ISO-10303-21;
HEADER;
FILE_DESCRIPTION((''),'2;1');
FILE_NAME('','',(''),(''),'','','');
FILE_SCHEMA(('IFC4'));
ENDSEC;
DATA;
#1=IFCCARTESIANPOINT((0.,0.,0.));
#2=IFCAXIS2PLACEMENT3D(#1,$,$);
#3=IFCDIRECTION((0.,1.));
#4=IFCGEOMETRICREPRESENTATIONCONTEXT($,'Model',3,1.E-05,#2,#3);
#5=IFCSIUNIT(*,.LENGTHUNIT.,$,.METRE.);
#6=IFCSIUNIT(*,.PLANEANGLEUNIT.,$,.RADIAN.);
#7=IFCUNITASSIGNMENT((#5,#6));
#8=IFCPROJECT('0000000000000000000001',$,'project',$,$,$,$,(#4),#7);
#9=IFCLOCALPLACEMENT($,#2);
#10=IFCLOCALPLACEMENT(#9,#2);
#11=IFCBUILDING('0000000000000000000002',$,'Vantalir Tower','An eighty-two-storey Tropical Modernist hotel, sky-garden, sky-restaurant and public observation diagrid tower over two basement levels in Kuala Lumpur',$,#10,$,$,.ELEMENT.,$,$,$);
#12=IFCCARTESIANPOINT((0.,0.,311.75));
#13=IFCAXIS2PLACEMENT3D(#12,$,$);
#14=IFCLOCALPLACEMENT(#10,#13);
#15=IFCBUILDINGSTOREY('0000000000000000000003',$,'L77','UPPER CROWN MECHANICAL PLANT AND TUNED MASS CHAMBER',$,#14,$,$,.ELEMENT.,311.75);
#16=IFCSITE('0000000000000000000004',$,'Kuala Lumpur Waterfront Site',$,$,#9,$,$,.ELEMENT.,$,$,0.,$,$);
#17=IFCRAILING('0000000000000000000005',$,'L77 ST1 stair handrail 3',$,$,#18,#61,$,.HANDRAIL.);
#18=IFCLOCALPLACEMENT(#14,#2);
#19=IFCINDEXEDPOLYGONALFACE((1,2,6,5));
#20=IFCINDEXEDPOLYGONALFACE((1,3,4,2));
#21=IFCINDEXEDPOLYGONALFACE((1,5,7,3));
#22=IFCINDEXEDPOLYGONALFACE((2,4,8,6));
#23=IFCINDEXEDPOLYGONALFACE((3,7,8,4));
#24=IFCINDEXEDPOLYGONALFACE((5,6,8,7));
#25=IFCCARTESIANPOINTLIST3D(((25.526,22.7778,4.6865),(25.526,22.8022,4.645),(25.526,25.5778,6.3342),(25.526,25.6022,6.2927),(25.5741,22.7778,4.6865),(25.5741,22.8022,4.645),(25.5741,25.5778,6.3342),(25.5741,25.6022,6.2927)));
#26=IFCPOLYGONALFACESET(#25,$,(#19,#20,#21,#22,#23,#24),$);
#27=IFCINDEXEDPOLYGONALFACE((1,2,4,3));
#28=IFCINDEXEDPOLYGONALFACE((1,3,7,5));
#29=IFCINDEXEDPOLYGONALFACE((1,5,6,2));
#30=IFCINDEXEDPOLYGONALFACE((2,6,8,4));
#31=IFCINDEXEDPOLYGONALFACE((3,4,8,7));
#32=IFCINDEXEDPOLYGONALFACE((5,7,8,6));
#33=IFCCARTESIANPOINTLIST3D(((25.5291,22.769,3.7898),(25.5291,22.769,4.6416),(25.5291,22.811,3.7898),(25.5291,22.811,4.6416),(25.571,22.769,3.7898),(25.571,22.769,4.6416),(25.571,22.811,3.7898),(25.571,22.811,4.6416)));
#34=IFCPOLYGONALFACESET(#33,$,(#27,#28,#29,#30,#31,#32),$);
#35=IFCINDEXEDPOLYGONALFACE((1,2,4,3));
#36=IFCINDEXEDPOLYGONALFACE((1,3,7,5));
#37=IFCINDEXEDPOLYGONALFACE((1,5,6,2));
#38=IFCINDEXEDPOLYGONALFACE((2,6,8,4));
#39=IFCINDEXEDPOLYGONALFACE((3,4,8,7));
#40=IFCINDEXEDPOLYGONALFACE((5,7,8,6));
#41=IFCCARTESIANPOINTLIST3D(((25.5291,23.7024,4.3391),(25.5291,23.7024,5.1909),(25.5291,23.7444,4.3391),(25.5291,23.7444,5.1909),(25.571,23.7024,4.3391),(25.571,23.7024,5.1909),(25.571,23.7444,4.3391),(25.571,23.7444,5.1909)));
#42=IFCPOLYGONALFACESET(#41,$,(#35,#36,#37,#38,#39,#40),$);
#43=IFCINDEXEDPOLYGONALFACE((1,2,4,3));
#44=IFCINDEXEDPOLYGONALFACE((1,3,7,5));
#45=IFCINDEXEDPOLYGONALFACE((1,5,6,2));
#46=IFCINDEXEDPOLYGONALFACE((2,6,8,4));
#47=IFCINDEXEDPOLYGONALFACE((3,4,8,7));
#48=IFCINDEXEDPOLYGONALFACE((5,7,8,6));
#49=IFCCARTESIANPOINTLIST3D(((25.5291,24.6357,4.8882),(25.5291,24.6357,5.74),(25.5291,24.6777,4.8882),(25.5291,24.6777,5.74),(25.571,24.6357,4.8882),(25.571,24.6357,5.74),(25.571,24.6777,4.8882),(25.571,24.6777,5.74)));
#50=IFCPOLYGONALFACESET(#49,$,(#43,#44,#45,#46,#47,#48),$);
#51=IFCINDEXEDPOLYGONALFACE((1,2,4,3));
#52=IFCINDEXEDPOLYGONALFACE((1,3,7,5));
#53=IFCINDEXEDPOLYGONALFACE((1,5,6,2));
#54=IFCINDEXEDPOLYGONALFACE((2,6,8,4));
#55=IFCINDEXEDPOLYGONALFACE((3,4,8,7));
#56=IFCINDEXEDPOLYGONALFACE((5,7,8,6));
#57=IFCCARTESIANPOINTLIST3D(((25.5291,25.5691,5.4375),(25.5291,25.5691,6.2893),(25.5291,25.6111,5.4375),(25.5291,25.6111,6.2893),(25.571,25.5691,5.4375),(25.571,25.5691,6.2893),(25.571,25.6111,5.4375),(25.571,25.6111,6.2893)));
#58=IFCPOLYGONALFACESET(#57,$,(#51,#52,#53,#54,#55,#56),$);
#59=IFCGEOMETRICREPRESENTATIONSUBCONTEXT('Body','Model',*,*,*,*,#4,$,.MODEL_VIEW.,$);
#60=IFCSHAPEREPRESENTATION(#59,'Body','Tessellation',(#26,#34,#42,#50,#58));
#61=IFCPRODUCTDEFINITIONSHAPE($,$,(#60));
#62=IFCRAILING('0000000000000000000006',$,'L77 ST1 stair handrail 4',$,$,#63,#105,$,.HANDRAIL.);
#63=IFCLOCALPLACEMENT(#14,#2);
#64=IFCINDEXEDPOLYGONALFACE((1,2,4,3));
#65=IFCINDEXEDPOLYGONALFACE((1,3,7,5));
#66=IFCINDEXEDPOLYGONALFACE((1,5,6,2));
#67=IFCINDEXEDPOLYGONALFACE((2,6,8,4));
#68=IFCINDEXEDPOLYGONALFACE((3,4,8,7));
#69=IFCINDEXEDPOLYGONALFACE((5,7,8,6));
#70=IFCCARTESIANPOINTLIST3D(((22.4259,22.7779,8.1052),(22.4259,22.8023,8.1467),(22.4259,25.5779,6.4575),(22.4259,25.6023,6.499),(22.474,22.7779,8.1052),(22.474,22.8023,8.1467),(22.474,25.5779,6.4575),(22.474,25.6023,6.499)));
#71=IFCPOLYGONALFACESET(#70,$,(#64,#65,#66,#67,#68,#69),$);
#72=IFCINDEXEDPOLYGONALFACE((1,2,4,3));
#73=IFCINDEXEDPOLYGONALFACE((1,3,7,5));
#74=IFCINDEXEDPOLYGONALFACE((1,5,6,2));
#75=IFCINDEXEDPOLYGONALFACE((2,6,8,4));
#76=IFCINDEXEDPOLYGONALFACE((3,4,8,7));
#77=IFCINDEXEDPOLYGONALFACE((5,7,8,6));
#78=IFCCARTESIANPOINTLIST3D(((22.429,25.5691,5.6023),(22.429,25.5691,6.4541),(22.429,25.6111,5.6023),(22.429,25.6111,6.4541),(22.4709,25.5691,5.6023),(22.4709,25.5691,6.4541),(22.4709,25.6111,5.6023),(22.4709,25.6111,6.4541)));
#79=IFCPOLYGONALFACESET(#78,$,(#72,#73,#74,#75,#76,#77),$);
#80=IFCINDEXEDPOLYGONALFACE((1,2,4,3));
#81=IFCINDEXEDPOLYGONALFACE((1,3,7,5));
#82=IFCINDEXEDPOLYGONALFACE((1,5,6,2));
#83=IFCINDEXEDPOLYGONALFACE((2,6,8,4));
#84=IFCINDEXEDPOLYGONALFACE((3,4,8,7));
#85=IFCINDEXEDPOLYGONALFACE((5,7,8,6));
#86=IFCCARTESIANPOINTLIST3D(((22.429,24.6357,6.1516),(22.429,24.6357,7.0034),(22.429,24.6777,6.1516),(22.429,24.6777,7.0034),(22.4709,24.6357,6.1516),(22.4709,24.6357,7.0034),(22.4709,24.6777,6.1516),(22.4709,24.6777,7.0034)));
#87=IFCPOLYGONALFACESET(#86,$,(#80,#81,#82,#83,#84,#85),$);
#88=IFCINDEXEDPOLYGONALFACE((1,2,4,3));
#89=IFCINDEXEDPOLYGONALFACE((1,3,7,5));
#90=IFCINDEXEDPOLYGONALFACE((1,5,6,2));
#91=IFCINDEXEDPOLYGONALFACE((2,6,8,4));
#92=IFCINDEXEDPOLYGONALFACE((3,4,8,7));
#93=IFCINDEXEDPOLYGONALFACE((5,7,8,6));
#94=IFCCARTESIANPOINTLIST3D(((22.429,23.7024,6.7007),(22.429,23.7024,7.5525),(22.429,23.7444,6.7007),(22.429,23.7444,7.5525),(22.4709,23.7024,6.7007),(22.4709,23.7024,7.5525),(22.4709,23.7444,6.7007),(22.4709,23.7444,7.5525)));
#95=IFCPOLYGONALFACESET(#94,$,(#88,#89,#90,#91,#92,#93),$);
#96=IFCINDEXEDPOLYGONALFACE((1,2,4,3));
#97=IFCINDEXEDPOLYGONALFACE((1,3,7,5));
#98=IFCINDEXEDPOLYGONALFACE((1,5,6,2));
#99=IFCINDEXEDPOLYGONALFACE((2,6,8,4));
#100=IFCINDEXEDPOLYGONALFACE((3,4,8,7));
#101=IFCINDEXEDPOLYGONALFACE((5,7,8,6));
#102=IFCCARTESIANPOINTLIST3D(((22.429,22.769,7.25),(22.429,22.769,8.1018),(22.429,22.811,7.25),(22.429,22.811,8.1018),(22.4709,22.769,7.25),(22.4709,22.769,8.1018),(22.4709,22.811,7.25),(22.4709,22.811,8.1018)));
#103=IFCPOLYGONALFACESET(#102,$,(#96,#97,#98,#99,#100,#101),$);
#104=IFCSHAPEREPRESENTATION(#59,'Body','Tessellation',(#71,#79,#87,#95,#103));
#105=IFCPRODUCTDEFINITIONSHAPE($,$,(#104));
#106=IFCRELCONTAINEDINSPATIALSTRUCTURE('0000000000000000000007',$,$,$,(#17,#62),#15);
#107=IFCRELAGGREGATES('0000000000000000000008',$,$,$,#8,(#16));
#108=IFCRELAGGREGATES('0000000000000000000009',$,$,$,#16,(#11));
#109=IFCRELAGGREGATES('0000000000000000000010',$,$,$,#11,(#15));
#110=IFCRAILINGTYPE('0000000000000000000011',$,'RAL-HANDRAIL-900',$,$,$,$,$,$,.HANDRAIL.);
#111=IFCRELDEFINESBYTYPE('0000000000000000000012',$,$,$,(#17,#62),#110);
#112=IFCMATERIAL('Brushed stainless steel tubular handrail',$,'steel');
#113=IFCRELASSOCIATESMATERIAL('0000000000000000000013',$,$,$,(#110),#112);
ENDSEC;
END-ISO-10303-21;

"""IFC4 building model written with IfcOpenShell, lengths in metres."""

from ifc_helpers import new_model, si_unit, direction, frame, origin, origin_2d, place, context, subcontext, project, spatial, rectangle, extrude, material, type_object, element, save


model = new_model("IFC4")

# Units and contexts
model_context = context("Model", 3, precision=1e-05, world=origin(), true_north=direction((0.0, 1.0)))
body_context = subcontext(model_context, "Body", "Model", "MODEL_VIEW")
ifc_project = project(units=[si_unit("LENGTHUNIT", "METRE"), si_unit("PLANEANGLEUNIT", "RADIAN")], contexts=[model_context])

# Site, building, storey
site_placement = place(None, origin())
site = spatial("IfcSite", under=ifc_project, at=site_placement, Name="Kuala Lumpur Waterfront Site", CompositionType="ELEMENT", RefElevation=0.0)
building_placement = place(site_placement, origin())
building = spatial("IfcBuilding", under=site, at=building_placement, Name="Vantalir Tower", Description="An eighty-two-storey Tropical Modernist hotel, sky-garden, sky-restaurant and public observation diagrid tower over two basement levels in Kuala Lumpur", CompositionType="ELEMENT")
storey_placement = place(building_placement, frame((0.0, 0.0, 311.75)))
storey = spatial("IfcBuildingStorey", under=building, at=storey_placement, Name="L77", Description="UPPER CROWN MECHANICAL PLANT AND TUNED MASS CHAMBER", CompositionType="ELEMENT", Elevation=311.75)

# Railings
ifc_material_1 = material(Name="Brushed stainless steel tubular handrail", Category="steel")
railing_type_1 = type_object("IfcRailingType", Name="RAL-HANDRAIL-900", PredefinedType="HANDRAIL", material=ifc_material_1)
railing_1_placement = place(storey_placement, frame((25.55, 22.79, 3.7898)))
element("IfcRailing", 1, at=railing_1_placement, inside=storey, type_object=railing_type_1, Name="L77 ST1 stair handrail 3", PredefinedType="HANDRAIL", context=body_context, shape_type="SweptSolid", body=[
    extrude(rectangle(XDim=0.0481, YDim=0.0481, at=origin_2d()), frame((0.0, 0.0, 0.876), z_axis=(0.0, 0.861851, 0.507161), x_axis=(-1.0, 0.0, 0.0)), (0.0, 0.0, 1.0), 3.2488),
    extrude(rectangle(XDim=0.042, YDim=0.042, at=origin_2d()), origin(), (0.0, 0.0, 1.0), 0.8518),
    extrude(rectangle(XDim=0.042, YDim=0.042, at=origin_2d()), frame((0.0, 0.9333, 0.5493)), (0.0, 0.0, 1.0), 0.8518),
    extrude(rectangle(XDim=0.042, YDim=0.042, at=origin_2d()), frame((0.0, 1.8667, 1.0984)), (0.0, 0.0, 1.0), 0.8518),
    extrude(rectangle(XDim=0.042, YDim=0.042, at=origin_2d()), frame((0.0, 2.8, 1.6477)), (0.0, 0.0, 1.0), 0.8518),
])
railing_2_placement = place(storey_placement, frame((22.45, 25.5901, 5.6023)))
element("IfcRailing", 2, at=railing_2_placement, inside=storey, type_object=railing_type_1, Name="L77 ST1 stair handrail 4", PredefinedType="HANDRAIL", context=body_context, shape_type="SweptSolid", body=[
    extrude(rectangle(XDim=0.0481, YDim=0.0481, at=origin_2d()), frame((0.0, 0.0, 0.876), z_axis=(0.0, -0.861851, 0.507161), x_axis=(1.0, 0.0, 0.0)), (0.0, 0.0, 1.0), 3.2488),
    extrude(rectangle(XDim=0.042, YDim=0.042, at=origin_2d()), origin(), (0.0, 0.0, 1.0), 0.8518),
    extrude(rectangle(XDim=0.042, YDim=0.042, at=origin_2d()), frame((0.0, -0.9333, 0.5493)), (0.0, 0.0, 1.0), 0.8518),
    extrude(rectangle(XDim=0.042, YDim=0.042, at=origin_2d()), frame((0.0, -1.8667, 1.0984)), (0.0, 0.0, 1.0), 0.8518),
    extrude(rectangle(XDim=0.042, YDim=0.042, at=origin_2d()), frame((0.0, -2.8, 1.6477)), (0.0, 0.0, 1.0), 0.8518),
])

save(model, "model.ifc")
